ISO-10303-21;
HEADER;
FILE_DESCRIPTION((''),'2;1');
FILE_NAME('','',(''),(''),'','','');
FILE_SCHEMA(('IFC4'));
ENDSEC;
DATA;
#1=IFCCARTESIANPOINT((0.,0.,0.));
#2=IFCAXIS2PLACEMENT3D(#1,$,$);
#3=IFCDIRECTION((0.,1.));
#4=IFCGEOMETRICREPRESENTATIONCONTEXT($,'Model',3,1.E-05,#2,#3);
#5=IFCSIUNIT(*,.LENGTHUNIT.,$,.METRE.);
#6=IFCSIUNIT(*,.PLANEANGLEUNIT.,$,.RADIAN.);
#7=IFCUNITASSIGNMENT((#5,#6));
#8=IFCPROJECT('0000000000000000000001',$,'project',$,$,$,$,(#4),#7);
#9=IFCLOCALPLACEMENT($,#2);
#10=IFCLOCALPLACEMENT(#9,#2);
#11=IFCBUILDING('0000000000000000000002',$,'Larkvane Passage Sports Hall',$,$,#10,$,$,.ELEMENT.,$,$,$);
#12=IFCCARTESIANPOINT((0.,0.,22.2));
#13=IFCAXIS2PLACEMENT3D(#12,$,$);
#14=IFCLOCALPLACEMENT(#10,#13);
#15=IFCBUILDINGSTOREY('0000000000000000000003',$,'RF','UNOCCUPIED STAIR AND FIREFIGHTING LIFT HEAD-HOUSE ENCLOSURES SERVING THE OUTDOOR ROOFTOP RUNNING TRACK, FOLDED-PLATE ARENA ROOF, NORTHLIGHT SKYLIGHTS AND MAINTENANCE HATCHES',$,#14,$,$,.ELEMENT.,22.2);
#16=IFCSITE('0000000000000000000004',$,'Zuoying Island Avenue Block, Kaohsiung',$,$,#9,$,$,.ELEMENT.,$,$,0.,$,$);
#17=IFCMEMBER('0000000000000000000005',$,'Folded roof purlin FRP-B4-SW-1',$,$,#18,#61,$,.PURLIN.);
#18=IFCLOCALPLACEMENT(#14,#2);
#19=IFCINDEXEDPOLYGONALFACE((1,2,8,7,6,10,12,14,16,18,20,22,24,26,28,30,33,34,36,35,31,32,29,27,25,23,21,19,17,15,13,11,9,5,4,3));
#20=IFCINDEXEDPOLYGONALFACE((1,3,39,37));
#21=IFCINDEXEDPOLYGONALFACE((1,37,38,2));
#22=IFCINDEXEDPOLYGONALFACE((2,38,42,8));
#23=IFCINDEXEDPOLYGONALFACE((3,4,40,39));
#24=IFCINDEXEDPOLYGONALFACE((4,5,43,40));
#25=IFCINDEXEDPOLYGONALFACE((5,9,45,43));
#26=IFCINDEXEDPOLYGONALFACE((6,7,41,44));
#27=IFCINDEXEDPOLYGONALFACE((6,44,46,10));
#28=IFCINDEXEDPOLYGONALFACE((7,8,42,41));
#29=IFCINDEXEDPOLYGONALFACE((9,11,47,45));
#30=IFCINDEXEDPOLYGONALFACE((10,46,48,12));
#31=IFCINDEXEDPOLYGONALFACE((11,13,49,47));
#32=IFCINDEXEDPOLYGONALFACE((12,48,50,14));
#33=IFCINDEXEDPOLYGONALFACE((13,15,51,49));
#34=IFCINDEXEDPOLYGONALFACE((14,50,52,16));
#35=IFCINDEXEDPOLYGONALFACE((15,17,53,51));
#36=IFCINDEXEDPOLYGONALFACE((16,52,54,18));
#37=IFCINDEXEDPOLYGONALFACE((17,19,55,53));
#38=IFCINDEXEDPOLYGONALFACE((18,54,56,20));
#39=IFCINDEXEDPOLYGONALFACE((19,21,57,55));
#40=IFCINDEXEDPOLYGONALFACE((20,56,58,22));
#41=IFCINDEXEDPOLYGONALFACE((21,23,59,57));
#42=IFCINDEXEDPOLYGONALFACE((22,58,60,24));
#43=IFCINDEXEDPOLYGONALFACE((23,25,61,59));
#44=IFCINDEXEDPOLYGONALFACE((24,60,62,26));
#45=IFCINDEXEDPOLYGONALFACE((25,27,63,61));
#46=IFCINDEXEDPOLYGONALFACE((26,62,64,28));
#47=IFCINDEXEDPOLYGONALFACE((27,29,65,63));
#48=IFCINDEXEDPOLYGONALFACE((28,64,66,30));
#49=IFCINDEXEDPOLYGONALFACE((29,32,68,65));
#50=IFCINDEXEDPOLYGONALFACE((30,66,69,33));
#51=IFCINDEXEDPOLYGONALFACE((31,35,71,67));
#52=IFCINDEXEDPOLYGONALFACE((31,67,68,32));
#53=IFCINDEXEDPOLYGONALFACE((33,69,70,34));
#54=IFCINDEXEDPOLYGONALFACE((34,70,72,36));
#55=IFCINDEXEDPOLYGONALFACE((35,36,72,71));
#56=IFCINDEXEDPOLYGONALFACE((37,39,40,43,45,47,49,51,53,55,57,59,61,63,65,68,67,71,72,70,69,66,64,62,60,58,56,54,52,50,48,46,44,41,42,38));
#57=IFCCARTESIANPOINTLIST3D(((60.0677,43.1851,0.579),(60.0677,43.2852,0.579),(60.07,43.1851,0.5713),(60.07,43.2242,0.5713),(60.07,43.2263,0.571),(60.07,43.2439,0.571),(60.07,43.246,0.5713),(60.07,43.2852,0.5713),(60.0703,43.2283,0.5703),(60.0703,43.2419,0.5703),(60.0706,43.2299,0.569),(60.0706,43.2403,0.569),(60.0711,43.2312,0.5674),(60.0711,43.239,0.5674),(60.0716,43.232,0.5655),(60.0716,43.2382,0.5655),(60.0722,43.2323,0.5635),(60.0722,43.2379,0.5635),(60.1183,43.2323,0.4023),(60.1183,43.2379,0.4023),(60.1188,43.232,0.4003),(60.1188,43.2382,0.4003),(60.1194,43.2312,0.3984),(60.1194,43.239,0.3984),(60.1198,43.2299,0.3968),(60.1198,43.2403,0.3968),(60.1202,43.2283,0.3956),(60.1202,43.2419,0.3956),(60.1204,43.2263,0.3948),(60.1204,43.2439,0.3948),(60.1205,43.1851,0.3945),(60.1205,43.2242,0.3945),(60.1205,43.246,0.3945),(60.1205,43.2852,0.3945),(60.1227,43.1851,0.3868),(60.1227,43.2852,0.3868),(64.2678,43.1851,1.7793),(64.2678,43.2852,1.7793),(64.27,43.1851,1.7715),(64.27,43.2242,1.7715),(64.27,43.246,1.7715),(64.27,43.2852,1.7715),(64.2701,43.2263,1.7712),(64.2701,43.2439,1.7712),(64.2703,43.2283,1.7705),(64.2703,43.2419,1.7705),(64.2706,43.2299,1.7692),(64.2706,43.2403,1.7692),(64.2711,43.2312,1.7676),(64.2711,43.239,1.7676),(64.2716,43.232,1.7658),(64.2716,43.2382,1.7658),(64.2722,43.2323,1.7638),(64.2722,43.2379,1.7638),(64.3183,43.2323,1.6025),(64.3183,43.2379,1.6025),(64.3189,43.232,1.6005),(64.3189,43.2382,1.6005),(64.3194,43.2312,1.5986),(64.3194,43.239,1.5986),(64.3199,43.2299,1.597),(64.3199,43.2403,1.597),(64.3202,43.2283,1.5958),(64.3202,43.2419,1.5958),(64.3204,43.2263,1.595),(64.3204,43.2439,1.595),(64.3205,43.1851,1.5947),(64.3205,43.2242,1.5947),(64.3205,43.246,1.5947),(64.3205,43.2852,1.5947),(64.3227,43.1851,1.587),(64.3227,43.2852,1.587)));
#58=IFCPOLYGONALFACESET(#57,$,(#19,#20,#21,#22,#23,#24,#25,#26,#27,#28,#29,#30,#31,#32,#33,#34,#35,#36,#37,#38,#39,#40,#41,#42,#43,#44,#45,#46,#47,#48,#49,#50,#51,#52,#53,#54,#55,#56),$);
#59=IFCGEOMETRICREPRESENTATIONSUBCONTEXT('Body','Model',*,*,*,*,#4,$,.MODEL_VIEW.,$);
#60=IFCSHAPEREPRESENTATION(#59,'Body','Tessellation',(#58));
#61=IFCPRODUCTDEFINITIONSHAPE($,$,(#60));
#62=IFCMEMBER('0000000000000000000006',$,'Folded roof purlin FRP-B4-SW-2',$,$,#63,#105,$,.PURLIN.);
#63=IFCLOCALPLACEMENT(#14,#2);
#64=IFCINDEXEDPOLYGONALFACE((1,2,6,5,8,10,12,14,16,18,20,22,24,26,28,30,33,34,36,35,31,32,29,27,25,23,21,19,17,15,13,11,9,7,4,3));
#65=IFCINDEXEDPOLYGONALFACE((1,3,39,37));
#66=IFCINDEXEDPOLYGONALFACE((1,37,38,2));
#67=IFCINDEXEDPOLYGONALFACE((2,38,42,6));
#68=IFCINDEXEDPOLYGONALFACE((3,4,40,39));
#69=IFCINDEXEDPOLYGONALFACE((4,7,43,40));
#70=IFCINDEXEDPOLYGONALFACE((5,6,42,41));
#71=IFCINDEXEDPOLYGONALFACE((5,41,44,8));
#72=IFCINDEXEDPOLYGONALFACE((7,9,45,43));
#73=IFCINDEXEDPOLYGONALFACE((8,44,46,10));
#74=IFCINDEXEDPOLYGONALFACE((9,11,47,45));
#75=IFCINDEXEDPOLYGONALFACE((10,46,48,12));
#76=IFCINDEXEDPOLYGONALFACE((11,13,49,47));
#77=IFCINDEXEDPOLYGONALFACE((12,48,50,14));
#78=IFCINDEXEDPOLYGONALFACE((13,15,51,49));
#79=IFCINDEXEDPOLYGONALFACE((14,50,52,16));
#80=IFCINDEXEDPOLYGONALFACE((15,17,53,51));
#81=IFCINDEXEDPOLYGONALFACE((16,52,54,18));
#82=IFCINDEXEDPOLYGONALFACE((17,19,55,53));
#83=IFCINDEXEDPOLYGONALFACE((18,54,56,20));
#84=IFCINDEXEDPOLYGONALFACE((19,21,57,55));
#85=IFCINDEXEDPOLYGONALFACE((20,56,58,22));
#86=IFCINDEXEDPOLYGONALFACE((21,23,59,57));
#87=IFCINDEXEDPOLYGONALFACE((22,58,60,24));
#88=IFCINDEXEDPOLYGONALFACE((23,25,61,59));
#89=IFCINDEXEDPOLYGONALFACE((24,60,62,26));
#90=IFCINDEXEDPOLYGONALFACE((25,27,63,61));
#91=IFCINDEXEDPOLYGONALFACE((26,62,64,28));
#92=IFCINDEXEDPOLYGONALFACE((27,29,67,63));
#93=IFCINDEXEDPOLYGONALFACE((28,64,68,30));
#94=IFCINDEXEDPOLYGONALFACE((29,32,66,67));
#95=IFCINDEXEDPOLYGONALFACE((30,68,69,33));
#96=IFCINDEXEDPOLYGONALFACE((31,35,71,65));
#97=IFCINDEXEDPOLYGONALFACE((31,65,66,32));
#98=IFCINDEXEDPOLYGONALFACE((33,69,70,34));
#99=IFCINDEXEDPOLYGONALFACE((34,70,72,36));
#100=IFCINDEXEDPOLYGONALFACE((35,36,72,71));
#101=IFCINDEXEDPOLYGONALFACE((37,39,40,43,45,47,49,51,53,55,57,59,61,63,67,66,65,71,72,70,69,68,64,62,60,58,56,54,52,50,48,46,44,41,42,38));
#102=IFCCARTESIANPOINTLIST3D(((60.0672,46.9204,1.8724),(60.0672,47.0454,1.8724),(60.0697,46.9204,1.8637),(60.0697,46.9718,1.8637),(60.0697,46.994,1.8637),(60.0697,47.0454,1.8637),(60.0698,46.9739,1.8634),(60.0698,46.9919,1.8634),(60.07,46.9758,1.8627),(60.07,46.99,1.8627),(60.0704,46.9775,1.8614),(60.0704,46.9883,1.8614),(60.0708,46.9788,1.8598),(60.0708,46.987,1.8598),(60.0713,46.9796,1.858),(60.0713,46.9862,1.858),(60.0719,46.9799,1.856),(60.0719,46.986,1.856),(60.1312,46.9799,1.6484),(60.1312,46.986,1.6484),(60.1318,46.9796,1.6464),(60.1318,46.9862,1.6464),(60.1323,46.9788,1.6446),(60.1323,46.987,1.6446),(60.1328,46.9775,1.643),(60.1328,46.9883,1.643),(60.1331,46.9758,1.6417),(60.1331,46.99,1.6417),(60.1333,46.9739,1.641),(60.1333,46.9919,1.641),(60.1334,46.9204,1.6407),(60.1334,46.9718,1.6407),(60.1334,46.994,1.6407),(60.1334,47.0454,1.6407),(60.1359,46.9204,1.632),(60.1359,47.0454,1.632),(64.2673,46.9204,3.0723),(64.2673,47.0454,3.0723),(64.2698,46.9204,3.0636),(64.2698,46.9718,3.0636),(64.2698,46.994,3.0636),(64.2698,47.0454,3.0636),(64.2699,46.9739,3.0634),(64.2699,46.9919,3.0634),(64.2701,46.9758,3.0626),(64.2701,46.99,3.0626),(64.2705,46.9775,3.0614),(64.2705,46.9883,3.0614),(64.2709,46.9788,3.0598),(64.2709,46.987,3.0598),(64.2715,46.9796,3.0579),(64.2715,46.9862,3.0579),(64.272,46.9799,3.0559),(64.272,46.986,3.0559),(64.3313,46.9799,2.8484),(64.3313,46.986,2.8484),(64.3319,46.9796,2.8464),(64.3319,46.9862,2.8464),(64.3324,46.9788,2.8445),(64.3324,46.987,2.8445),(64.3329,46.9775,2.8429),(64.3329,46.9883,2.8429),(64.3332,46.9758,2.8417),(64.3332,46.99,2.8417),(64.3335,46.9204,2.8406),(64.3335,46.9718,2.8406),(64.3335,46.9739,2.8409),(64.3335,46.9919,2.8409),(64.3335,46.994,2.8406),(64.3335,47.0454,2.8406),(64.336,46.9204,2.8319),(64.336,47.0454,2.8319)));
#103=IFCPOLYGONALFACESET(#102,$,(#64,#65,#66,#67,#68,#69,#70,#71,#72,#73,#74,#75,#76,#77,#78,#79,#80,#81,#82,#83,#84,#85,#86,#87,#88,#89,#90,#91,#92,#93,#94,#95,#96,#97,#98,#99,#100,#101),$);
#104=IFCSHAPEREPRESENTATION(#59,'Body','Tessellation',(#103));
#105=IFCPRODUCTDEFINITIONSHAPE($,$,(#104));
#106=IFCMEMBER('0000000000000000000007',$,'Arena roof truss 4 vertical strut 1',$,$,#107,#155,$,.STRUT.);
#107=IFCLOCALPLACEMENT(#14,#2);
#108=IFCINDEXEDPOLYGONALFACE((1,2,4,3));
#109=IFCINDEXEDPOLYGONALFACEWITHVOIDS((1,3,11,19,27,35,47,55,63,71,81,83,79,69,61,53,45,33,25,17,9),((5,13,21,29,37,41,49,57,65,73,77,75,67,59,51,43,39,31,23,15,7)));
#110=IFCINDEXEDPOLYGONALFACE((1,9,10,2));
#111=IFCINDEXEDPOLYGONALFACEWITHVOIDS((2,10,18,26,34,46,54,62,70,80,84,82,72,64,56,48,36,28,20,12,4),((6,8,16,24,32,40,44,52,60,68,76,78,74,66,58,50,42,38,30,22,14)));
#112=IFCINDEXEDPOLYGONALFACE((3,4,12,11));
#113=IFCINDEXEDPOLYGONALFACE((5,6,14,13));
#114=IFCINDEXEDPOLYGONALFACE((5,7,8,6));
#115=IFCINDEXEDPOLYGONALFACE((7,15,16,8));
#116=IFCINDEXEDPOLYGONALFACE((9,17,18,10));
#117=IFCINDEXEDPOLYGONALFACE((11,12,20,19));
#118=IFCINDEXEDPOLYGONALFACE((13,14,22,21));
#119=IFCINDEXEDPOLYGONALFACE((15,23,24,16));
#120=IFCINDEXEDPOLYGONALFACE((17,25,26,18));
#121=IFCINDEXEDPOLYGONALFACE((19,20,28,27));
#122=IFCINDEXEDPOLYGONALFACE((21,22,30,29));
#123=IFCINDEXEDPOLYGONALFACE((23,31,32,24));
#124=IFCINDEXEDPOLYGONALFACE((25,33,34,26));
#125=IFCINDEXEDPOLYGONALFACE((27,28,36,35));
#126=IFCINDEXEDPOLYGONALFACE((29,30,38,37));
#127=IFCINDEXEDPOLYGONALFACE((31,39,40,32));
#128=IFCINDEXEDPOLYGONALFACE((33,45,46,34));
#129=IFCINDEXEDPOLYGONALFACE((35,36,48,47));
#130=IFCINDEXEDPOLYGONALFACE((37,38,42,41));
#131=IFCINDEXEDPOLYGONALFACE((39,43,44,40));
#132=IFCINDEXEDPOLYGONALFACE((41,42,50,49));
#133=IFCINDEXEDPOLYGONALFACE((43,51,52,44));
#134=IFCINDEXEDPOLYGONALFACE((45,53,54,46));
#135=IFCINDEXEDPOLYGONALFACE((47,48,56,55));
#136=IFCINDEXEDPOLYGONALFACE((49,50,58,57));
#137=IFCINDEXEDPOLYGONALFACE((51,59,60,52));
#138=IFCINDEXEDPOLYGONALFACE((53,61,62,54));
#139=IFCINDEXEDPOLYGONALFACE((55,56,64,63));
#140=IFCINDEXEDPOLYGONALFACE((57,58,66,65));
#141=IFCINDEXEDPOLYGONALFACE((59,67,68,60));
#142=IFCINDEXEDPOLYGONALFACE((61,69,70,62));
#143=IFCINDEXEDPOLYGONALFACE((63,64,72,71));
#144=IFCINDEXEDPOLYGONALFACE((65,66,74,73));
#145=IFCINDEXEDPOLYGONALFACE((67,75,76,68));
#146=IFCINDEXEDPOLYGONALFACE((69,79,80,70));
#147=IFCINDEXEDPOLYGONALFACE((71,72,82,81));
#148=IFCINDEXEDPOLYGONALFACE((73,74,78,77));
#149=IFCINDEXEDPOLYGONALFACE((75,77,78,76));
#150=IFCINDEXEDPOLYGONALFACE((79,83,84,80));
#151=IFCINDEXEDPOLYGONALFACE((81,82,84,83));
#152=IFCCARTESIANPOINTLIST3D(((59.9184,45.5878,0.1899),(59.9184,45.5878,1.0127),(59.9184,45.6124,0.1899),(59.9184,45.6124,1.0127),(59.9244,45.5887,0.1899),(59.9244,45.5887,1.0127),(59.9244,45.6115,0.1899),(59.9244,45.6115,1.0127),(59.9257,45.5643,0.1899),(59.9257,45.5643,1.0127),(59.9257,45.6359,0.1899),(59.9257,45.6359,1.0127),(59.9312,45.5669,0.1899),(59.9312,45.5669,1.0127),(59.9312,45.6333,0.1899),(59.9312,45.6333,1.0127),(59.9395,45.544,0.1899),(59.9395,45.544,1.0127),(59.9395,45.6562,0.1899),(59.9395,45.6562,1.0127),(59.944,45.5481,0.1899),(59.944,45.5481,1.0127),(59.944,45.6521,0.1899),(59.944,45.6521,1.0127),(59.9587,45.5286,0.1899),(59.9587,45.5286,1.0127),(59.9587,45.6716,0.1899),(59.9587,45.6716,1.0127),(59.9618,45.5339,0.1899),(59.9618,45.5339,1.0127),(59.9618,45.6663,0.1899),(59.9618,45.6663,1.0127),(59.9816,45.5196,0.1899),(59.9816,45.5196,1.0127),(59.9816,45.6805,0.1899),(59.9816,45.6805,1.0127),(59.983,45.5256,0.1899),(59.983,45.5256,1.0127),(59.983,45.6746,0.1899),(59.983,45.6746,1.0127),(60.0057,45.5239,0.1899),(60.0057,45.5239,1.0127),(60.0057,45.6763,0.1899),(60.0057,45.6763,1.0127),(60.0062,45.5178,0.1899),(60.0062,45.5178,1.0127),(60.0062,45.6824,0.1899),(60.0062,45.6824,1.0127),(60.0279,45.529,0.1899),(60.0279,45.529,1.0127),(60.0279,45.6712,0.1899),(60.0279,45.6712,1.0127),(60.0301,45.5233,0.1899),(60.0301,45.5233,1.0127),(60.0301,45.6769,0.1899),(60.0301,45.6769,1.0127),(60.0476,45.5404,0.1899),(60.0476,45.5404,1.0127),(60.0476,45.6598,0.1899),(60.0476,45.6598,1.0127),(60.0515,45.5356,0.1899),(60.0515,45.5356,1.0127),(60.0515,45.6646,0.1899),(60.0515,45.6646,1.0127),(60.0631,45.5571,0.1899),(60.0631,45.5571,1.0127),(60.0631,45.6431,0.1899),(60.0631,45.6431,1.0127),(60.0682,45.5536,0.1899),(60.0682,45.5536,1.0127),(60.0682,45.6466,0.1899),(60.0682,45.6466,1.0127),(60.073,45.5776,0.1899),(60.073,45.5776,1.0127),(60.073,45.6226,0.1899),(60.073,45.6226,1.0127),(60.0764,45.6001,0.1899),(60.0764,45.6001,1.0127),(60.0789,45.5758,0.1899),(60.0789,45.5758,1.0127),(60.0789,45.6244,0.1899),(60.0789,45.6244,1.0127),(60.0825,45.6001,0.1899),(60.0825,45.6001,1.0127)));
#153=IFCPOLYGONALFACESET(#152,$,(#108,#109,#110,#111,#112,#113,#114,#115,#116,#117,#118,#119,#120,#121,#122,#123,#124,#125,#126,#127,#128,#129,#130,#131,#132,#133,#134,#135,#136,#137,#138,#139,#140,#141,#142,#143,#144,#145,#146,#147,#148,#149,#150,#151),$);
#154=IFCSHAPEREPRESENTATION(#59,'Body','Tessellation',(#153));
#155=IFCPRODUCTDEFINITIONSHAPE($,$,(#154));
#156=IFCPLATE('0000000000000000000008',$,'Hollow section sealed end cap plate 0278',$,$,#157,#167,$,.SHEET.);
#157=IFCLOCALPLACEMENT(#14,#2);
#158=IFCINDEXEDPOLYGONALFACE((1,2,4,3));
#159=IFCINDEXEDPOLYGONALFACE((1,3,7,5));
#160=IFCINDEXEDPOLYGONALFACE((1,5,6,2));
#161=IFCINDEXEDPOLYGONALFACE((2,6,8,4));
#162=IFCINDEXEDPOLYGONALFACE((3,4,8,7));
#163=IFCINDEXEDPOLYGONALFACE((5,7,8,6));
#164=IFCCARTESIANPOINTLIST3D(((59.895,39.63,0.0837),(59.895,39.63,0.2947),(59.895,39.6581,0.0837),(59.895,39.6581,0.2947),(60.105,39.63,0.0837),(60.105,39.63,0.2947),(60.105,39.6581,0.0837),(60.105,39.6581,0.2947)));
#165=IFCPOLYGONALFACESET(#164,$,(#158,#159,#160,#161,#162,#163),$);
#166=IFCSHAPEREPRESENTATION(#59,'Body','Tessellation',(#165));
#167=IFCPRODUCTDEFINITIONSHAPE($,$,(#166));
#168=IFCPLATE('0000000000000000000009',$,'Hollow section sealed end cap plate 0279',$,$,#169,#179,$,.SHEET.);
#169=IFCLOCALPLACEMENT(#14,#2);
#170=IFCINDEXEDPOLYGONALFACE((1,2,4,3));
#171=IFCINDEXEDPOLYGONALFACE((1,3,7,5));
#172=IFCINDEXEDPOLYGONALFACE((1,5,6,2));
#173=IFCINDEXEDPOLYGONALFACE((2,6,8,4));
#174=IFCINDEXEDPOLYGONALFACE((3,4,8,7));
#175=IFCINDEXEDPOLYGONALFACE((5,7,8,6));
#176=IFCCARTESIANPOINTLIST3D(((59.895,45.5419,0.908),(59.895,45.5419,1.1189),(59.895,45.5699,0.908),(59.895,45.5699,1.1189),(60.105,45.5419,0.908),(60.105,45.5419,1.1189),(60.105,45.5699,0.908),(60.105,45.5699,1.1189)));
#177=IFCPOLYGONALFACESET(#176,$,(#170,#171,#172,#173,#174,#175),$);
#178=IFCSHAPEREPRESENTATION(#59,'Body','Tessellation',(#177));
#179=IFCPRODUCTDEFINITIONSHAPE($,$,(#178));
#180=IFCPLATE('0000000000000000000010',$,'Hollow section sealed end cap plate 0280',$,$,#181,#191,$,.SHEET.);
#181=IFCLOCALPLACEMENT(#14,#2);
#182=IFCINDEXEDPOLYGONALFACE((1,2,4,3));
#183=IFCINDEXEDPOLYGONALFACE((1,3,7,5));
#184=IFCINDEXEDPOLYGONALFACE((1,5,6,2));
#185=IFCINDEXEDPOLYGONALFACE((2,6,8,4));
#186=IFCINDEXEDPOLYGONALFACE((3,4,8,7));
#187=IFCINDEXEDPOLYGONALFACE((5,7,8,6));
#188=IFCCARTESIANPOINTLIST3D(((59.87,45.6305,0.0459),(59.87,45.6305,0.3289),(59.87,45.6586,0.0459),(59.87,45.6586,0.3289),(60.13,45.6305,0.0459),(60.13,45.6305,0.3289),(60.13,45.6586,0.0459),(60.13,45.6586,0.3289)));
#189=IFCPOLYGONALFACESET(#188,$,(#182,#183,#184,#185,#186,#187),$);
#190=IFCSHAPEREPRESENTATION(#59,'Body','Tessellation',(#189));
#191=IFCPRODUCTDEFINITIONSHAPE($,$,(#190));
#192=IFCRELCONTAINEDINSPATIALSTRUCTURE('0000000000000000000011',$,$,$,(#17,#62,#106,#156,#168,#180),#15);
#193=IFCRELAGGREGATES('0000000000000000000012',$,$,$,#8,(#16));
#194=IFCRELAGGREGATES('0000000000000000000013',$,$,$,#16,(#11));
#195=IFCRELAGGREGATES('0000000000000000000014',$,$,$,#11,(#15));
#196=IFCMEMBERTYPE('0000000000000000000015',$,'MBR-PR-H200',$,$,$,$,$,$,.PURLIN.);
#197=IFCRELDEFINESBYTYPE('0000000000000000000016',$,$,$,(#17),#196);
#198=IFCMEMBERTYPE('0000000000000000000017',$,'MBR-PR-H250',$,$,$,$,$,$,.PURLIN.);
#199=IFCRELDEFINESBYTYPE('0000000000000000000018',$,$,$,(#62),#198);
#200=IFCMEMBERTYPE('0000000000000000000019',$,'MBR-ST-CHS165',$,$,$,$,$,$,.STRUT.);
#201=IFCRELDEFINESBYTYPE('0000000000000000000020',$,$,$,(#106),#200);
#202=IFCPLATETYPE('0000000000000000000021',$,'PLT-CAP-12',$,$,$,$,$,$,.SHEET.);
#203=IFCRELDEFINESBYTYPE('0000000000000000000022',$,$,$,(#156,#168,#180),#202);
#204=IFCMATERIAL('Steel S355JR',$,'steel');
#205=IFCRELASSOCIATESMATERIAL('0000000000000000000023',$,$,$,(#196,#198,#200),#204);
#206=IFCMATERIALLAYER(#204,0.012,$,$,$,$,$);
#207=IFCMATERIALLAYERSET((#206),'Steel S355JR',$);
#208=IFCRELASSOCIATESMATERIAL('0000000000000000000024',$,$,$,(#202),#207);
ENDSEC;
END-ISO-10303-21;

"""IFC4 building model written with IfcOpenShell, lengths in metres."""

from ifc_helpers import new_model, si_unit, direction, frame, origin, origin_2d, place, context, subcontext, project, spatial, rectangle, hollow_circle, i_section, extrude, material, layer, layer_set, material_profile, profile_set, type_object, element, save


model = new_model("IFC4")

# Units and contexts
model_context = context("Model", 3, precision=1e-05, world=origin(), true_north=direction((0.0, 1.0)))
body_context = subcontext(model_context, "Body", "Model", "MODEL_VIEW")
ifc_project = project(units=[si_unit("LENGTHUNIT", "METRE"), si_unit("PLANEANGLEUNIT", "RADIAN")], contexts=[model_context])

# Site, building, storey
site_placement = place(None, origin())
site = spatial("IfcSite", under=ifc_project, at=site_placement, Name="Zuoying Island Avenue Block, Kaohsiung", CompositionType="ELEMENT", RefElevation=0.0)
building_placement = place(site_placement, origin())
building = spatial("IfcBuilding", under=site, at=building_placement, Name="Larkvane Passage Sports Hall", CompositionType="ELEMENT")
storey_placement = place(building_placement, frame((0.0, 0.0, 22.2)))
storey = spatial("IfcBuildingStorey", under=building, at=storey_placement, Name="RF", Description="UNOCCUPIED STAIR AND FIREFIGHTING LIFT HEAD-HOUSE ENCLOSURES SERVING THE OUTDOOR ROOFTOP RUNNING TRACK, FOLDED-PLATE ARENA ROOF, NORTHLIGHT SKYLIGHTS AND MAINTENANCE HATCHES", CompositionType="ELEMENT", Elevation=22.2)

# Members
ifc_material_1 = material(Name="Steel S355JR", Category="steel")
ifc_material_profile_1 = material_profile(ifc_material_1, i_section(OverallWidth=0.1001, OverallDepth=0.2, WebThickness=0.0056, FlangeThickness=0.0081, FilletRadius=0.0081, at=origin_2d()), Name="H-200x100x5.5x8")
ifc_profile_set_1 = profile_set([ifc_material_profile_1], Name="Steel S355JR")
member_type_1 = type_object("IfcMemberType", Name="MBR-PR-H200", PredefinedType="PURLIN", material=ifc_profile_set_1)
for number, where, z_axis, x_axis, name in (
    (1, (60.0952, 43.2351, 0.4829), (0.961511, 0.0, 0.274765), (0.0, 1.0, 0.0), "Folded roof purlin FRP-B4-SW-1"),
):
    element("IfcMember", number, at=place(storey_placement, frame(where, z_axis=z_axis, x_axis=x_axis)), inside=storey, type_object=member_type_1, Name=name, PredefinedType="PURLIN", context=body_context, shape_type="SweptSolid", body=[
        extrude(i_section(OverallWidth=0.1001, OverallDepth=0.2, WebThickness=0.0056, FlangeThickness=0.0081, FilletRadius=0.0081, at=origin_2d()), origin(), (0.0, 0.0, 1.0), 4.3682),
    ])
ifc_material_profile_2 = material_profile(ifc_material_1, i_section(OverallWidth=0.125, OverallDepth=0.25, WebThickness=0.0061, FlangeThickness=0.009, FilletRadius=0.0081, at=origin_2d()), Name="H-250x125x6x9")
ifc_profile_set_2 = profile_set([ifc_material_profile_2], Name="Steel S355JR")
member_type_2 = type_object("IfcMemberType", Name="MBR-PR-H250", PredefinedType="PURLIN", material=ifc_profile_set_2)
member_1_placement = place(storey_placement, frame((60.1016, 46.9829, 1.7522), z_axis=(0.96153, 0.0, 0.274699), x_axis=(0.0, 1.0, 0.0)))
element("IfcMember", 2, at=member_1_placement, inside=storey, type_object=member_type_2, Name="Folded roof purlin FRP-B4-SW-2", PredefinedType="PURLIN", context=body_context, shape_type="SweptSolid", body=[
    extrude(i_section(OverallWidth=0.125, OverallDepth=0.25, WebThickness=0.0061, FlangeThickness=0.009, FilletRadius=0.0081, at=origin_2d()), origin(), (0.0, 0.0, 1.0), 4.3682),
])
ifc_material_profile_3 = material_profile(ifc_material_1, hollow_circle(Radius=0.0825, WallThickness=0.0061, at=origin_2d()), Name="CHS-165.2x6.0")
ifc_profile_set_3 = profile_set([ifc_material_profile_3], Name="Steel S355JR")
member_type_3 = type_object("IfcMemberType", Name="MBR-ST-CHS165", PredefinedType="STRUT", material=ifc_profile_set_3)
member_2_placement = place(storey_placement, frame((60.0, 45.6001, 0.1899), z_axis=(0.0, 0.0, 1.0), x_axis=(1.0, 0.0, 0.0)))
element("IfcMember", 3, at=member_2_placement, inside=storey, type_object=member_type_3, Name="Arena roof truss 4 vertical strut 1", PredefinedType="STRUT", context=body_context, shape_type="SweptSolid", body=[
    extrude(hollow_circle(Radius=0.0825, WallThickness=0.0061, at=origin_2d()), origin(), (0.0, 0.0, 1.0), 0.8228),
])

# Plates
ifc_layer_1 = layer(ifc_material_1, 0.012)
ifc_layer_set_1 = layer_set([ifc_layer_1], Name="Steel S355JR")
plate_type_1 = type_object("IfcPlateType", Name="PLT-CAP-12", PredefinedType="SHEET", material=ifc_layer_set_1)
for number, where, z_axis, x_axis, name in (
    (4, (60.0, 39.644, 0.0837), (0.0, 0.0, 1.0), (-1.0, 0.0, 0.0), "Hollow section sealed end cap plate 0278"),
    (5, (60.0, 45.5559, 0.908), (0.0, 0.0, 1.0), (-1.0, 0.0, 0.0), "Hollow section sealed end cap plate 0279"),
):
    element("IfcPlate", number, at=place(storey_placement, frame(where, z_axis=z_axis, x_axis=x_axis)), inside=storey, type_object=plate_type_1, Name=name, PredefinedType="SHEET", context=body_context, shape_type="SweptSolid", body=[
        extrude(rectangle(XDim=0.21, YDim=0.0281, at=origin_2d()), origin(), (0.0, 0.0, 1.0), 0.2109),
    ])
plate_1_placement = place(storey_placement, frame((60.0, 45.6445, 0.0459), z_axis=(0.0, 0.0, 1.0), x_axis=(-1.0, 0.0, 0.0)))
element("IfcPlate", 6, at=plate_1_placement, inside=storey, type_object=plate_type_1, Name="Hollow section sealed end cap plate 0280", PredefinedType="SHEET", context=body_context, shape_type="SweptSolid", body=[
    extrude(rectangle(XDim=0.26, YDim=0.0281, at=origin_2d()), origin(), (0.0, 0.0, 1.0), 0.283),
])

save(model, "model.ifc")
